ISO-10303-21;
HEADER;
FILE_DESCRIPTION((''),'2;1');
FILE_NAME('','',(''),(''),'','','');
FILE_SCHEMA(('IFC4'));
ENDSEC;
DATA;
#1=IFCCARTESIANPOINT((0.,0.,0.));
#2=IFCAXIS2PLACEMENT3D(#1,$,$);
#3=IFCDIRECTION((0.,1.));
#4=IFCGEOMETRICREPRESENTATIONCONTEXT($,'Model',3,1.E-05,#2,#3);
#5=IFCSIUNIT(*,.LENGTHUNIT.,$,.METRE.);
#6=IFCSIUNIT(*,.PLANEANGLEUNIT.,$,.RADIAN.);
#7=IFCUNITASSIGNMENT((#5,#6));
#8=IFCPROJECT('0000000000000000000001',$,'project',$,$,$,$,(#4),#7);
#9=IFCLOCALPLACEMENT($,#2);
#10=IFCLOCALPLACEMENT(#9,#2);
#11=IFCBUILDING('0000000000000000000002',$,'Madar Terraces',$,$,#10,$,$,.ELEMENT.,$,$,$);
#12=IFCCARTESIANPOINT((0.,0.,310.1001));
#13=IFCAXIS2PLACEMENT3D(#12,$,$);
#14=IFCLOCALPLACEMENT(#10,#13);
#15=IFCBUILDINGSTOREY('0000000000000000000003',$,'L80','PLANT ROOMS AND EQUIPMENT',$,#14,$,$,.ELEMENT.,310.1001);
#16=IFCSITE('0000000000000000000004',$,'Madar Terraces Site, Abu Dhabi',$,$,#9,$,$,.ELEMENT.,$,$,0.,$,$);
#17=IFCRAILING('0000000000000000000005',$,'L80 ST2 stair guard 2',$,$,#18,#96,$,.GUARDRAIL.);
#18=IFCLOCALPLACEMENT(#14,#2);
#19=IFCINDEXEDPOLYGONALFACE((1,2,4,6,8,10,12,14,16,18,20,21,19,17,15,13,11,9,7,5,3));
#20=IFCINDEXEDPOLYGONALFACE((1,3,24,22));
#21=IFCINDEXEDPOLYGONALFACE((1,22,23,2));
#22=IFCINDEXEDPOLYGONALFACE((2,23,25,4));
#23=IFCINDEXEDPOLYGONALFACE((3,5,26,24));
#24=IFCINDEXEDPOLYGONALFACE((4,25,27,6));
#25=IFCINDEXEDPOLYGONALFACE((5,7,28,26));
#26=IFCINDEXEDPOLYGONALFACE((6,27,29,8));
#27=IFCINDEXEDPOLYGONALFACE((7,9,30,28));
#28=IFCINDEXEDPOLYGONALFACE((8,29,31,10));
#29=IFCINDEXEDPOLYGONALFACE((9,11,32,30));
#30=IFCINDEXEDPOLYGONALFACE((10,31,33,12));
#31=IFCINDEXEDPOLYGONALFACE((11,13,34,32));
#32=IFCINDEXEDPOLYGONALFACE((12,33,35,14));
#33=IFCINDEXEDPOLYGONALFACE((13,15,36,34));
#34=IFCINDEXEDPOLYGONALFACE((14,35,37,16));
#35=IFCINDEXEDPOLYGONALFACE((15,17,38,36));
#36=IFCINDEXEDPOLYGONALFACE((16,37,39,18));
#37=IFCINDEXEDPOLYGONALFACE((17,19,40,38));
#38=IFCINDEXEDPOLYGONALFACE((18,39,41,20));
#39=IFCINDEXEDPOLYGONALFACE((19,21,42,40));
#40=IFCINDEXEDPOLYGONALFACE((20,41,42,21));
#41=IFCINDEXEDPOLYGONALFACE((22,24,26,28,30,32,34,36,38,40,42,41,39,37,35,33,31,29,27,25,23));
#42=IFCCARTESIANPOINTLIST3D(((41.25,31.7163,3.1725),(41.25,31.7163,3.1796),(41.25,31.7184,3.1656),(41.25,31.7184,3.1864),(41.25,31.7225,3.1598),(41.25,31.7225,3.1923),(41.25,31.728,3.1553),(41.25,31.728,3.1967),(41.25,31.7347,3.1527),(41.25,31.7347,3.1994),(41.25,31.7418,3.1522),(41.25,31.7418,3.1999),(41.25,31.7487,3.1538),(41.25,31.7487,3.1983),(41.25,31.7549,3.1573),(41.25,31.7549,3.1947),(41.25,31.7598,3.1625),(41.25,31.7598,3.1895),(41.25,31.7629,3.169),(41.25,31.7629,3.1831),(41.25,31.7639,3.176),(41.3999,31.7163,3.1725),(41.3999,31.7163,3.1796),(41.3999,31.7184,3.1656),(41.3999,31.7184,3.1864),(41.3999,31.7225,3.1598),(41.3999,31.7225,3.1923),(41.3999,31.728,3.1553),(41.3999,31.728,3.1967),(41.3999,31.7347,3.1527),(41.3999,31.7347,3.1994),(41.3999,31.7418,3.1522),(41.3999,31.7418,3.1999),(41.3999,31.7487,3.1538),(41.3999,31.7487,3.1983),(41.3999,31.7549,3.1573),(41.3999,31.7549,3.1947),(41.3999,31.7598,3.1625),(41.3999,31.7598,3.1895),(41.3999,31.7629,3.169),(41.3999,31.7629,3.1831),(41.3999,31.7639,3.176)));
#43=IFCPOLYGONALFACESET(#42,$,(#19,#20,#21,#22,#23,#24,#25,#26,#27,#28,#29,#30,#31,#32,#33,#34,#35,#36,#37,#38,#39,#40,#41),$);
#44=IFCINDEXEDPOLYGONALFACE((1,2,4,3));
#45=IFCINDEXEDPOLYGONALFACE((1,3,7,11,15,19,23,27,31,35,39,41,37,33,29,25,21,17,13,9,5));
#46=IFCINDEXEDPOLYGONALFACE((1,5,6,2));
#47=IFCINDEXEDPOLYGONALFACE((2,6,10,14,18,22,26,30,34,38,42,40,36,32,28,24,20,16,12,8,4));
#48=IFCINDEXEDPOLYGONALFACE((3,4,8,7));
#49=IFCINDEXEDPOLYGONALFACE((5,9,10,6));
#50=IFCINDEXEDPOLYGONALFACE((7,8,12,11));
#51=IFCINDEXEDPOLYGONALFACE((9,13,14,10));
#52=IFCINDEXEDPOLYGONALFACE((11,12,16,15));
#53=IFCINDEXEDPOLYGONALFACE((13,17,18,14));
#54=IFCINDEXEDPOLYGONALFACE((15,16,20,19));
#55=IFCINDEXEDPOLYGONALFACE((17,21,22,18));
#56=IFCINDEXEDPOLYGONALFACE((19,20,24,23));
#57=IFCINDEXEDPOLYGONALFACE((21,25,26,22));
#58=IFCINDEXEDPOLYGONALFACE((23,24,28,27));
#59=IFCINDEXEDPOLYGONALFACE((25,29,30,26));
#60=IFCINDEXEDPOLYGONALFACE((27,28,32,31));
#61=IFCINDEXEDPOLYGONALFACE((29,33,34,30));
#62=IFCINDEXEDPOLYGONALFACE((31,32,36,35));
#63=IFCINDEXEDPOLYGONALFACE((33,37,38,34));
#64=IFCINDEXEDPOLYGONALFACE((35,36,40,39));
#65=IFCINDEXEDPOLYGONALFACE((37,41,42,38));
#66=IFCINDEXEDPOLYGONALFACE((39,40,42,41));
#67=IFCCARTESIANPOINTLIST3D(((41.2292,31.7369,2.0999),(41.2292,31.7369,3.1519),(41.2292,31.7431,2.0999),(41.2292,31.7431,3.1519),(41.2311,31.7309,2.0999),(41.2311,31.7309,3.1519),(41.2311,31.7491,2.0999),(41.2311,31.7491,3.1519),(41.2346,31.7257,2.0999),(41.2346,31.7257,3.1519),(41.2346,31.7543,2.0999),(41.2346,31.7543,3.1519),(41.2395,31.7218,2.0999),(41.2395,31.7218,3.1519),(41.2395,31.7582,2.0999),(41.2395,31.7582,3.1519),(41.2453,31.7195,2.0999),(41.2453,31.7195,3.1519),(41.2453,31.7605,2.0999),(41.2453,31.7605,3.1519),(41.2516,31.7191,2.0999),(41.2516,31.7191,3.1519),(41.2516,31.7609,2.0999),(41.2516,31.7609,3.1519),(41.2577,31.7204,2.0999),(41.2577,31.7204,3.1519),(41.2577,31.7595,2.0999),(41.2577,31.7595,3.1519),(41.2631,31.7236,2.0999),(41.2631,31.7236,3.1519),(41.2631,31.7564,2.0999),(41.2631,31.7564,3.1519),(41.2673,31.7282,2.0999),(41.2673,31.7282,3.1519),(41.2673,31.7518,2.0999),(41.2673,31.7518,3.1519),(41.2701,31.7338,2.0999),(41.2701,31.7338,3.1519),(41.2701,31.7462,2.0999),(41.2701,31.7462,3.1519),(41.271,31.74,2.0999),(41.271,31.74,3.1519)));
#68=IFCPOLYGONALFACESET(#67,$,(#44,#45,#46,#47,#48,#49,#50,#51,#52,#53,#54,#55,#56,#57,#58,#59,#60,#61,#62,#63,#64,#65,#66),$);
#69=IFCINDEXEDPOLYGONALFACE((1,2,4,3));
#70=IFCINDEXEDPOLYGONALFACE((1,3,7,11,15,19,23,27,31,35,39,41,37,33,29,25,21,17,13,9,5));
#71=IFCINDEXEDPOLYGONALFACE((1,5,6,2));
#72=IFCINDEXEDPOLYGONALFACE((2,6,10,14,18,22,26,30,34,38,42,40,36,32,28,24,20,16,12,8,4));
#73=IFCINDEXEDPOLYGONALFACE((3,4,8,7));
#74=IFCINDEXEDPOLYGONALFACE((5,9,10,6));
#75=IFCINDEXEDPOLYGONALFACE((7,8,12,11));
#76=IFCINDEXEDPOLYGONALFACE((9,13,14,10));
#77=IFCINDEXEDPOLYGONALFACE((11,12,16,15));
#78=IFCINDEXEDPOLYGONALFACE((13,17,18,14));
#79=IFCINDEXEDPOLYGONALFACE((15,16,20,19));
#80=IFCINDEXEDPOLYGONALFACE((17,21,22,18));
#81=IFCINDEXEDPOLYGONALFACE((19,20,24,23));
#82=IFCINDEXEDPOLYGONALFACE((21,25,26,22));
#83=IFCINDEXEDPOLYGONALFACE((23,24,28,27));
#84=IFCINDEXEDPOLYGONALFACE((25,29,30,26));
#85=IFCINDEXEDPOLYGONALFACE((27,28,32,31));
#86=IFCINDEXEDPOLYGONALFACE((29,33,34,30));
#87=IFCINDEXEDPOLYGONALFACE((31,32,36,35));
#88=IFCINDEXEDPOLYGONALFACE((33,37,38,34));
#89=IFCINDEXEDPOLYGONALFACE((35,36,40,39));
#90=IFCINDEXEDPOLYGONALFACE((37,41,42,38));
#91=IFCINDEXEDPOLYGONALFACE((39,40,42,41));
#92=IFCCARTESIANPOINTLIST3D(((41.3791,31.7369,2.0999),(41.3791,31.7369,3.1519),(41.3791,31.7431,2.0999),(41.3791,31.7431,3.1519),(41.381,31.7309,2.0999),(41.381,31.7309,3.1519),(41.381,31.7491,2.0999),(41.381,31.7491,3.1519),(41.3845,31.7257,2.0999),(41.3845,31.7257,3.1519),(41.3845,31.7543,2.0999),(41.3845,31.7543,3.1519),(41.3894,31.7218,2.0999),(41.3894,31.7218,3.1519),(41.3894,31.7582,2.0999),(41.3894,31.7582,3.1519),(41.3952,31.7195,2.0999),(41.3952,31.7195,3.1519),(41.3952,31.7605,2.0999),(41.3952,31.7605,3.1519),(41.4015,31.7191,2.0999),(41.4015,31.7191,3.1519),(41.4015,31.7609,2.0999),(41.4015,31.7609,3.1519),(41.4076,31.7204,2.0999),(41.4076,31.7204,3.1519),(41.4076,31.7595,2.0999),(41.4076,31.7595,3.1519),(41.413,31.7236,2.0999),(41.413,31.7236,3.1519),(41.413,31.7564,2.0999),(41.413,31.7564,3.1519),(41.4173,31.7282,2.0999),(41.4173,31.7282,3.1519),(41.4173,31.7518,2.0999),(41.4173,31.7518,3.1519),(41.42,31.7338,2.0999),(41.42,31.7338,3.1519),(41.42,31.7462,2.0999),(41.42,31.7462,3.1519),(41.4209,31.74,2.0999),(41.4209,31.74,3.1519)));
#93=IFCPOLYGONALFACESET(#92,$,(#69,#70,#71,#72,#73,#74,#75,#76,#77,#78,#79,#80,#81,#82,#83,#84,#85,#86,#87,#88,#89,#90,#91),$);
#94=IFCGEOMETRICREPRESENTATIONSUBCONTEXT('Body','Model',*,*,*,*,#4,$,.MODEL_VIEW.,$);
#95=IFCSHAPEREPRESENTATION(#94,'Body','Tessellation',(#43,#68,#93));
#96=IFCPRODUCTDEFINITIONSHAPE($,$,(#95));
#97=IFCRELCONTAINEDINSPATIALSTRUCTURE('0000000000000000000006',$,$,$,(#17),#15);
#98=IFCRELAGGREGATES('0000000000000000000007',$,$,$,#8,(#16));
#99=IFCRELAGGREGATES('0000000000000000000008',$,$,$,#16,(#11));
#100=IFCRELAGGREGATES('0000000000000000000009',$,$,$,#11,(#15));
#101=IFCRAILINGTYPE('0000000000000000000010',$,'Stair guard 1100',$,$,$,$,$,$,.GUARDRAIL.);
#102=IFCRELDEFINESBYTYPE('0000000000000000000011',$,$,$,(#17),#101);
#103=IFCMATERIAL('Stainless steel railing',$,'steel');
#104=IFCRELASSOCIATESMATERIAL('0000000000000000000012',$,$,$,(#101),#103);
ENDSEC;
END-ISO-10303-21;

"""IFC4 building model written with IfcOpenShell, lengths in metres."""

from ifc_helpers import new_model, si_unit, direction, frame, origin, origin_2d, place, context, subcontext, project, spatial, circle, extrude, material, type_object, element, save


model = new_model("IFC4")

# Units and contexts
model_context = context("Model", 3, precision=1e-05, world=origin(), true_north=direction((0.0, 1.0)))
body_context = subcontext(model_context, "Body", "Model", "MODEL_VIEW")
ifc_project = project(units=[si_unit("LENGTHUNIT", "METRE"), si_unit("PLANEANGLEUNIT", "RADIAN")], contexts=[model_context])

# Site, building, storey
site_placement = place(None, origin())
site = spatial("IfcSite", under=ifc_project, at=site_placement, Name="Madar Terraces Site, Abu Dhabi", CompositionType="ELEMENT", RefElevation=0.0)
building_placement = place(site_placement, origin())
building = spatial("IfcBuilding", under=site, at=building_placement, Name="Madar Terraces", CompositionType="ELEMENT")
storey_placement = place(building_placement, frame((0.0, 0.0, 310.1001)))
storey = spatial("IfcBuildingStorey", under=building, at=storey_placement, Name="L80", Description="PLANT ROOMS AND EQUIPMENT", CompositionType="ELEMENT", Elevation=310.1001)

# Railing
ifc_material_1 = material(Name="Stainless steel railing", Category="steel")
railing_type_1 = type_object("IfcRailingType", Name="Stair guard 1100", PredefinedType="GUARDRAIL", material=ifc_material_1)
railing_1_placement = place(storey_placement, frame((41.25, 31.74, 2.0999)))
element("IfcRailing", 1, at=railing_1_placement, inside=storey, type_object=railing_type_1, Name="L80 ST2 stair guard 2", PredefinedType="GUARDRAIL", context=body_context, shape_type="SweptSolid", body=[
    extrude(circle(Radius=0.0239, at=origin_2d()), frame((0.0, 0.0, 1.0762), z_axis=(1.0, 0.0, 0.0), x_axis=(0.0, 1.0, 0.0)), (0.0, 0.0, 1.0), 0.1499),
    extrude(circle(Radius=0.021, at=origin_2d()), origin(), (0.0, 0.0, 1.0), 1.052),
    extrude(circle(Radius=0.021, at=origin_2d()), frame((0.1499, 0.0, 0.0)), (0.0, 0.0, 1.0), 1.052),
])

save(model, "model.ifc")
